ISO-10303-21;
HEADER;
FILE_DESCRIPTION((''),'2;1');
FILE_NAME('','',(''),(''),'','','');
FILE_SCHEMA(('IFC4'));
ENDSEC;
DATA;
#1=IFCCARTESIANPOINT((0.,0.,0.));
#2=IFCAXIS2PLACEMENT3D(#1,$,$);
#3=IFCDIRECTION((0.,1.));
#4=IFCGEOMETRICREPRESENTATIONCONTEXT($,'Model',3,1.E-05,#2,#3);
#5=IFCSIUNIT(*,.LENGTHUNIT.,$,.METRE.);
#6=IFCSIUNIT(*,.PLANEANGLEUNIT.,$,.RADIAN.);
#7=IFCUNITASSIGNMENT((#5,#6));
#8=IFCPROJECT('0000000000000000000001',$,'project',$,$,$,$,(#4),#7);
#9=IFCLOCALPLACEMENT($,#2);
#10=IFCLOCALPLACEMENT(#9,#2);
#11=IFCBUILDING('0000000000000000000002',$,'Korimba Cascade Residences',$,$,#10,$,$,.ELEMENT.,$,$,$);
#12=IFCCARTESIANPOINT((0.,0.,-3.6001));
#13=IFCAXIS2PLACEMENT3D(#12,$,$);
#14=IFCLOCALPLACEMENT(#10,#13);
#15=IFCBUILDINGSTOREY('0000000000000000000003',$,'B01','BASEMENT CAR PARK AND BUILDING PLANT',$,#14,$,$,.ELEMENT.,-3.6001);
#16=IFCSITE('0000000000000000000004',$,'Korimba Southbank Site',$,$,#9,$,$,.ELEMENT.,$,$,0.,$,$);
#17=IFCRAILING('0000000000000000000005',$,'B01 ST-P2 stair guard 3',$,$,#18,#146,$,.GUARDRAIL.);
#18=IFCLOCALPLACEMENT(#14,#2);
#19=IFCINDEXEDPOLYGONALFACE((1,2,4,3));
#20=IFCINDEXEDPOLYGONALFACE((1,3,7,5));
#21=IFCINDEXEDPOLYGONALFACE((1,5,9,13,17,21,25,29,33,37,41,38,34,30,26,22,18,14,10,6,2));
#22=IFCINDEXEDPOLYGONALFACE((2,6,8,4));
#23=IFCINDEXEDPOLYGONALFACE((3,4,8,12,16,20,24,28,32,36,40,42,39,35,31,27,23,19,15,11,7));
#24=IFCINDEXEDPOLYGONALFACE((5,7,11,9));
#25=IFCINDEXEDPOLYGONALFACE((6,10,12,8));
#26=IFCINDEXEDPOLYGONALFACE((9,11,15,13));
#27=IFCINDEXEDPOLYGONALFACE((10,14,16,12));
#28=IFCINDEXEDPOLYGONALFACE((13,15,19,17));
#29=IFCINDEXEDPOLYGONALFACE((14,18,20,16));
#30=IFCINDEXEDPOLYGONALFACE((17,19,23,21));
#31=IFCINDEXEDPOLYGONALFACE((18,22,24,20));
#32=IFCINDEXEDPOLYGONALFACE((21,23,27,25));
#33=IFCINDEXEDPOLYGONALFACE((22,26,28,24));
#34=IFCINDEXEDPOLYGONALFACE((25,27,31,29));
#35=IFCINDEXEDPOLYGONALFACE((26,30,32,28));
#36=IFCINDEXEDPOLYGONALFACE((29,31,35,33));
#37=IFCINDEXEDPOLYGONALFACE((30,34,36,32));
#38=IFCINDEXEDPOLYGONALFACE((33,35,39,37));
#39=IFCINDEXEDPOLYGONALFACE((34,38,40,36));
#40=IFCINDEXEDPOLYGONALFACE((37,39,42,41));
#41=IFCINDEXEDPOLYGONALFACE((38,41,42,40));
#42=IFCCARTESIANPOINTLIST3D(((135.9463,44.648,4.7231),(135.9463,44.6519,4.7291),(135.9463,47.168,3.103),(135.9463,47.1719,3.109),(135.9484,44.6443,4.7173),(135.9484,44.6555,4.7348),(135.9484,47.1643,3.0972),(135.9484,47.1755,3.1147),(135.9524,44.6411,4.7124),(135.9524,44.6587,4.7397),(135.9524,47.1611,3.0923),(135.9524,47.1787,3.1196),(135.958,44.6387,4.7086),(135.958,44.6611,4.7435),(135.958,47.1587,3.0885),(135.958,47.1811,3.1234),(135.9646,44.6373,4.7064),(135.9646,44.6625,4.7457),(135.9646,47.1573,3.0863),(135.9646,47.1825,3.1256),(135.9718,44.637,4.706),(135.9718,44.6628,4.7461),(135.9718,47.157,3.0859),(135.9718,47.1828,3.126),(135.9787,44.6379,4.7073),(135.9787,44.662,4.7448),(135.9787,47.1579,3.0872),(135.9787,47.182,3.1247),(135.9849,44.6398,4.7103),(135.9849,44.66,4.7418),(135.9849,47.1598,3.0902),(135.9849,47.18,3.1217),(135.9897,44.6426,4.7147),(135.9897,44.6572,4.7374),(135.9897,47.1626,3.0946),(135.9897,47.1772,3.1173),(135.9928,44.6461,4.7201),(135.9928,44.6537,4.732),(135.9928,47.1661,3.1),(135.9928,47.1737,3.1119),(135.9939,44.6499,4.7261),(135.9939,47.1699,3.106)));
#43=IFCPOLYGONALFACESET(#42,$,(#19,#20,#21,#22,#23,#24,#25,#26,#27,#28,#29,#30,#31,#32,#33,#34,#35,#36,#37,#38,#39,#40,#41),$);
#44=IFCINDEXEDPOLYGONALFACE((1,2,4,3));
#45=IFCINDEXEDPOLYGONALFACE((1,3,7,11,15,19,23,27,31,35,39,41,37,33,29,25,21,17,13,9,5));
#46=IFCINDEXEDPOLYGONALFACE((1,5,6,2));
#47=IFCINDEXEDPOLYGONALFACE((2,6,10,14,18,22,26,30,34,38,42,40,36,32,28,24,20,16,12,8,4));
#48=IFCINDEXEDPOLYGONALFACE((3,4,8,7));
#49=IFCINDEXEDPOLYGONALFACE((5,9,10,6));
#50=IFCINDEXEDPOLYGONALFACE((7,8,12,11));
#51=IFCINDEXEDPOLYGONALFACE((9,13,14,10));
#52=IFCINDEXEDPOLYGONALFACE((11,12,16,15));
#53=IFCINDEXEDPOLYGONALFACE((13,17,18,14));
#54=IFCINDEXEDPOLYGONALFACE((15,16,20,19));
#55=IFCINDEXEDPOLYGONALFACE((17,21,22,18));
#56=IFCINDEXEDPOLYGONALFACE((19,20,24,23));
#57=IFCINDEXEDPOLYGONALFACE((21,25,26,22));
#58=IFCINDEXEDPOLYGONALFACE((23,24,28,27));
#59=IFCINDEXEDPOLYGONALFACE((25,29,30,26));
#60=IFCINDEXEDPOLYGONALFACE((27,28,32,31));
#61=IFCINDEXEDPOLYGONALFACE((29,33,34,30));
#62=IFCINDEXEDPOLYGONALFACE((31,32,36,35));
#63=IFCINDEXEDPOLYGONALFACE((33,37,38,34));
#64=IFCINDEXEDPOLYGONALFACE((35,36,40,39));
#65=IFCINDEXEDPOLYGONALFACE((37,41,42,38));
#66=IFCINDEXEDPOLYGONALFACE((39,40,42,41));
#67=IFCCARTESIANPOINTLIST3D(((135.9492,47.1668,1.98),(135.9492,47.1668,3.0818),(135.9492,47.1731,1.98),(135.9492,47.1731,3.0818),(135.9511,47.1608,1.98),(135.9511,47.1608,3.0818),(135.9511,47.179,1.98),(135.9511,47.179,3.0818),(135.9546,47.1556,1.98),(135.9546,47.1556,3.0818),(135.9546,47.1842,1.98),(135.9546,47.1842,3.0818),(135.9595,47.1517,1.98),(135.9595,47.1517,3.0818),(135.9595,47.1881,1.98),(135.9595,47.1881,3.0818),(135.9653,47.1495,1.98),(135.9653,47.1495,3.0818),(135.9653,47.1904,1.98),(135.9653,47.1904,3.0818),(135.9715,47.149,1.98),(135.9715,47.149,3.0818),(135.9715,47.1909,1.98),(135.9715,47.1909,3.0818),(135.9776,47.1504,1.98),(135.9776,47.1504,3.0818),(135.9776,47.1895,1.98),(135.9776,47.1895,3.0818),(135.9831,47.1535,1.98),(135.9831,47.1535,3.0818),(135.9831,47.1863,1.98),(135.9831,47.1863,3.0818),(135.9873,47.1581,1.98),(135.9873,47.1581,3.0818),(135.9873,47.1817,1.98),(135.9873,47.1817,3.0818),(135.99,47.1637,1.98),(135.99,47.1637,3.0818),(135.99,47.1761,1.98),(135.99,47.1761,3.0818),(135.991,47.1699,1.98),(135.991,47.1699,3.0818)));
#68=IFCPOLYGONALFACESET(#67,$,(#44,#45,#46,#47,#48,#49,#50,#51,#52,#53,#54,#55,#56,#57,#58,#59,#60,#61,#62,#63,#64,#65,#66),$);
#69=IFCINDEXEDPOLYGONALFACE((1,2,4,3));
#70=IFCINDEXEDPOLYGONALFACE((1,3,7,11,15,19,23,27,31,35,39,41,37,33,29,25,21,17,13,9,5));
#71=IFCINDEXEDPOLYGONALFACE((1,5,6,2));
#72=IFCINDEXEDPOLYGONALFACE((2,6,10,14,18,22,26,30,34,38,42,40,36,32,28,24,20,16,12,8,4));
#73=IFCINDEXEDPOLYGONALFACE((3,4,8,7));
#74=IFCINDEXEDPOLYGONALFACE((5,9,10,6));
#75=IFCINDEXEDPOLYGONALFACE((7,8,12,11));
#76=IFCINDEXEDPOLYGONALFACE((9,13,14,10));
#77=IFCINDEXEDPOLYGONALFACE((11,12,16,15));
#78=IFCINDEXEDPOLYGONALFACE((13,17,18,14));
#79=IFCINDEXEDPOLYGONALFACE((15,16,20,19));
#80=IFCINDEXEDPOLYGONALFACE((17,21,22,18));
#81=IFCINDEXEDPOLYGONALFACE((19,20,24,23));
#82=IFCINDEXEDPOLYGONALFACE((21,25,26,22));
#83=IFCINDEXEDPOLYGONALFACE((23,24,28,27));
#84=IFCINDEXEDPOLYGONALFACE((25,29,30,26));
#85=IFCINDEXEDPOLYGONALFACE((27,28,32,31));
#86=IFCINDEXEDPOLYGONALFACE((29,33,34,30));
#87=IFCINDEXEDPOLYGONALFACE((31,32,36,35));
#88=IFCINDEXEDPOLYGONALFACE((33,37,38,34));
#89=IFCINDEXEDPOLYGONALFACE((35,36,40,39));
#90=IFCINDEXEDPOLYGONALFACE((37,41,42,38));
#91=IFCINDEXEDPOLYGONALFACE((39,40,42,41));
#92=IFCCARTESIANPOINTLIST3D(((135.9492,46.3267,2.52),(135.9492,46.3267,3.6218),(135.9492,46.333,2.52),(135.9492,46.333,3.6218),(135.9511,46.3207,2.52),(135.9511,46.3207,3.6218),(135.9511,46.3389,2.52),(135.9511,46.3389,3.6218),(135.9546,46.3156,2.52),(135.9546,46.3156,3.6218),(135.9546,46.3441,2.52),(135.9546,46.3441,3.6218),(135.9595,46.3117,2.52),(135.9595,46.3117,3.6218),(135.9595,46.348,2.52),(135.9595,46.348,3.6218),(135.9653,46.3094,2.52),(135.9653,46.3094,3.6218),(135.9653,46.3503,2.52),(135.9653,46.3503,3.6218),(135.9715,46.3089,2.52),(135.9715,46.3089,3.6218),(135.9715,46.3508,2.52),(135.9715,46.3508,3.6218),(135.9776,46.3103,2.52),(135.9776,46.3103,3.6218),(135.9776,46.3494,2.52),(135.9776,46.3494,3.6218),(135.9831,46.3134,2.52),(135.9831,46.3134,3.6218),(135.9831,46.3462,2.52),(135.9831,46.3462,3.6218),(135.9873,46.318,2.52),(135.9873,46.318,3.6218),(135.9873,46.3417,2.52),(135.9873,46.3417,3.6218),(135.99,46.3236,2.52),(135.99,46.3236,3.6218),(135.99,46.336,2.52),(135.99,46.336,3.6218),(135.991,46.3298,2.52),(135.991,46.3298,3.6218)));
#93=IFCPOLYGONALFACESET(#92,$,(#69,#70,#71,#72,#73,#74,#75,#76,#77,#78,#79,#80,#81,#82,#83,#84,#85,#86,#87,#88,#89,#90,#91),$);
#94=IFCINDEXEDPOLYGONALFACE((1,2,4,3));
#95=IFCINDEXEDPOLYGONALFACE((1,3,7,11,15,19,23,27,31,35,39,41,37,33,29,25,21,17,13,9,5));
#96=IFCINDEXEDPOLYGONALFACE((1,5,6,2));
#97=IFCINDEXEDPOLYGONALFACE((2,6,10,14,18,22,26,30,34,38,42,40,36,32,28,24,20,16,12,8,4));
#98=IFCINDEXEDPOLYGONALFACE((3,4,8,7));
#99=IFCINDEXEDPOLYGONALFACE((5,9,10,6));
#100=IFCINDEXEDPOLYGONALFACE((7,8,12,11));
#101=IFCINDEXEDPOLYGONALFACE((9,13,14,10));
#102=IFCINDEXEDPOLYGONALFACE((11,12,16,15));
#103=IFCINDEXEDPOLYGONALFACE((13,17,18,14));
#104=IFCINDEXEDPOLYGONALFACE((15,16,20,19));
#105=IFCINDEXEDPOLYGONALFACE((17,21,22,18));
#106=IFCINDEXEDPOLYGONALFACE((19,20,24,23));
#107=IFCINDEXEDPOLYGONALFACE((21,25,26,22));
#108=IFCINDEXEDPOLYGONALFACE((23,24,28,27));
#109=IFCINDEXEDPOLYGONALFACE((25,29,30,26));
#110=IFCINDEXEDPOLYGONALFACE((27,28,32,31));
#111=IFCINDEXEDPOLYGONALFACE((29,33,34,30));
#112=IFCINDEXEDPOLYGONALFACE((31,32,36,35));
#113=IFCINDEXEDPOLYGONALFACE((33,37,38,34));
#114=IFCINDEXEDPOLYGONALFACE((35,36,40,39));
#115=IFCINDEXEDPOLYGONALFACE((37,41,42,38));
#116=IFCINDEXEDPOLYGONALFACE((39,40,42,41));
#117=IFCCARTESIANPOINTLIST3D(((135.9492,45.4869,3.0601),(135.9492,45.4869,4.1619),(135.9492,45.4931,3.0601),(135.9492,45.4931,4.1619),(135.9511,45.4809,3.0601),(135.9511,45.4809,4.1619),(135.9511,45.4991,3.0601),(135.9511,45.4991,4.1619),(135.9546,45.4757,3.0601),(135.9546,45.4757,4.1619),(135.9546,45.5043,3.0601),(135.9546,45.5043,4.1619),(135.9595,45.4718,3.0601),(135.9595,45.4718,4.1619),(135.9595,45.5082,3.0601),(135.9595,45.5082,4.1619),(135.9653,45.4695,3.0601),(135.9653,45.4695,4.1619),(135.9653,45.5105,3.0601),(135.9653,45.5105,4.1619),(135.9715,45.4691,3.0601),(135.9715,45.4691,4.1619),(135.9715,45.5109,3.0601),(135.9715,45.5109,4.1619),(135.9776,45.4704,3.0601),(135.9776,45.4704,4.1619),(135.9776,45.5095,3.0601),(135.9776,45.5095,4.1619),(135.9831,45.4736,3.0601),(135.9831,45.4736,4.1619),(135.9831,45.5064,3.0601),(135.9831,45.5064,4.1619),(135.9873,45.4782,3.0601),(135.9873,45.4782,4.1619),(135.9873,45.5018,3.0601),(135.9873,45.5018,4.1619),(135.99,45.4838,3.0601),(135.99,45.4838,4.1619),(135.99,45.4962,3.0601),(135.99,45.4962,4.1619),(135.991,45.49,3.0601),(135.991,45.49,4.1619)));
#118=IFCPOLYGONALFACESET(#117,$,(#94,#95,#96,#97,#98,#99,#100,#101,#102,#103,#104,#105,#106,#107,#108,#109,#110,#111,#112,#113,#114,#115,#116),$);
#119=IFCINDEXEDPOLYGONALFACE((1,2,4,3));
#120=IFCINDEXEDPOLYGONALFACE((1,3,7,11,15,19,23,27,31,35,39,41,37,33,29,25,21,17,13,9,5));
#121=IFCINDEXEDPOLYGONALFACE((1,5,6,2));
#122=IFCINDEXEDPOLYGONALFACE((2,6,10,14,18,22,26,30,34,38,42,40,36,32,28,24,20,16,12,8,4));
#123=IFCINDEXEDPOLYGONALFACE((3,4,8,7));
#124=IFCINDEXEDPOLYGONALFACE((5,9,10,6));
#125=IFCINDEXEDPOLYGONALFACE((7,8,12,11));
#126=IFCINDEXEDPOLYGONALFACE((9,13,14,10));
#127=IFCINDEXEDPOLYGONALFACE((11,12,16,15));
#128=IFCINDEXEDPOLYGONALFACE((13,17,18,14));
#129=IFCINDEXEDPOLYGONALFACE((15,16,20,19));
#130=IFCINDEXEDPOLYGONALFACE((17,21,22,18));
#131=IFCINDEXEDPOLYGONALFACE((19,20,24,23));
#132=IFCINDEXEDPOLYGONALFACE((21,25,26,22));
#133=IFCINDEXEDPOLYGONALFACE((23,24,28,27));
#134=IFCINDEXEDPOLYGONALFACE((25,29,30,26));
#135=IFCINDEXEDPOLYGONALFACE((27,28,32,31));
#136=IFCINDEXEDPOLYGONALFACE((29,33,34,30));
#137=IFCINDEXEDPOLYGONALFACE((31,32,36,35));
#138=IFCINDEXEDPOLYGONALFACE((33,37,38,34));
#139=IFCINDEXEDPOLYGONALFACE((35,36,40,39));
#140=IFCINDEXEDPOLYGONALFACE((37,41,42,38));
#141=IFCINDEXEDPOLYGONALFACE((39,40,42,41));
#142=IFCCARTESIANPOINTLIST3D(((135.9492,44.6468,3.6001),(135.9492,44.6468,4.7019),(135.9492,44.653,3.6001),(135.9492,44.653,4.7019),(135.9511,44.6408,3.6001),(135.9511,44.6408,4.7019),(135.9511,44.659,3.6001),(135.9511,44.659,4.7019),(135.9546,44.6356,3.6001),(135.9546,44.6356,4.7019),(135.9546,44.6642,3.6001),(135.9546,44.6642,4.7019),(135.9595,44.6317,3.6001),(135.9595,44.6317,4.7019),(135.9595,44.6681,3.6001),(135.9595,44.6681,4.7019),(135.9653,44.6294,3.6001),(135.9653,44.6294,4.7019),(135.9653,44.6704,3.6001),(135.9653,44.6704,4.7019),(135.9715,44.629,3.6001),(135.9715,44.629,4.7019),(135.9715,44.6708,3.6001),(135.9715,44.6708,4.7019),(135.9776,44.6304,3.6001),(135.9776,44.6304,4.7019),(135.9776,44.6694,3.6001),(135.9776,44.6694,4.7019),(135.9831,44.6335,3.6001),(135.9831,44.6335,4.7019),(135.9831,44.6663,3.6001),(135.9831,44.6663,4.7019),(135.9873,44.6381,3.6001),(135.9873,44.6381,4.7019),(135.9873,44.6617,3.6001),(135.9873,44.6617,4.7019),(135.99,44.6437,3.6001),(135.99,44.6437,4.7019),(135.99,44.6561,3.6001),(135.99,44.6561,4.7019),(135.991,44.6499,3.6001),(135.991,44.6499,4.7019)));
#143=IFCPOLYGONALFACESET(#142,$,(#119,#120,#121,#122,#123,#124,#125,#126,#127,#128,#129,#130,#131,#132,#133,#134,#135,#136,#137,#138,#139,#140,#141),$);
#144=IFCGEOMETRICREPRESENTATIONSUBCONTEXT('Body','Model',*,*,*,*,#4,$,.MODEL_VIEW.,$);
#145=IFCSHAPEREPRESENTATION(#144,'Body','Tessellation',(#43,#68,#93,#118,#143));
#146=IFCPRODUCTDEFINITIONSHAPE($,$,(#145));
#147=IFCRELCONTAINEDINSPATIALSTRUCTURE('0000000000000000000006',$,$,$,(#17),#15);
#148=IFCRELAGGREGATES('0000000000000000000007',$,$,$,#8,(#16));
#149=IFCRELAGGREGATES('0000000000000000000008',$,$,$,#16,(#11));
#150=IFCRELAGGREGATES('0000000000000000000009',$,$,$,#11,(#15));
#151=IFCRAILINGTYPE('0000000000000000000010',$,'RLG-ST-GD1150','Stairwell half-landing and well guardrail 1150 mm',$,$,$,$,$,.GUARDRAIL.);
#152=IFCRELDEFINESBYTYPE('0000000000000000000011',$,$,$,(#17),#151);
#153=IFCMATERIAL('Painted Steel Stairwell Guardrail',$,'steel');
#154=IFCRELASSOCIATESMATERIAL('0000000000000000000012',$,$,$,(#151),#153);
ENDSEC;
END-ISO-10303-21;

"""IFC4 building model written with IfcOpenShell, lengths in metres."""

from ifc_helpers import new_model, si_unit, direction, frame, origin, origin_2d, place, context, subcontext, project, spatial, circle, extrude, material, type_object, element, save


model = new_model("IFC4")

# Units and contexts
model_context = context("Model", 3, precision=1e-05, world=origin(), true_north=direction((0.0, 1.0)))
body_context = subcontext(model_context, "Body", "Model", "MODEL_VIEW")
ifc_project = project(units=[si_unit("LENGTHUNIT", "METRE"), si_unit("PLANEANGLEUNIT", "RADIAN")], contexts=[model_context])

# Site, building, storey
site_placement = place(None, origin())
site = spatial("IfcSite", under=ifc_project, at=site_placement, Name="Korimba Southbank Site", CompositionType="ELEMENT", RefElevation=0.0)
building_placement = place(site_placement, origin())
building = spatial("IfcBuilding", under=site, at=building_placement, Name="Korimba Cascade Residences", CompositionType="ELEMENT")
storey_placement = place(building_placement, frame((0.0, 0.0, -3.6001)))
storey = spatial("IfcBuildingStorey", under=building, at=storey_placement, Name="B01", Description="BASEMENT CAR PARK AND BUILDING PLANT", CompositionType="ELEMENT", Elevation=-3.6001)

# Railing
ifc_material_1 = material(Name="Painted Steel Stairwell Guardrail", Category="steel")
railing_type_1 = type_object("IfcRailingType", Name="RLG-ST-GD1150", Description="Stairwell half-landing and well guardrail 1150 mm", PredefinedType="GUARDRAIL", material=ifc_material_1)
railing_1_placement = place(storey_placement, frame((135.97, 47.1699, 1.98)))
element("IfcRailing", 1, at=railing_1_placement, inside=storey, type_object=railing_type_1, Name="B01 ST-P2 stair guard 3", PredefinedType="GUARDRAIL", context=body_context, shape_type="SweptSolid", body=[
    extrude(circle(Radius=0.0239, at=origin_2d()), frame((0.0, 0.0, 1.126), z_axis=(0.0, -0.841163, 0.540782), x_axis=(1.0, 0.0, 0.0)), (0.0, 0.0, 1.0), 2.9958),
    extrude(circle(Radius=0.021, at=origin_2d()), origin(), (0.0, 0.0, 1.0), 1.1018),
    extrude(circle(Radius=0.021, at=origin_2d()), frame((0.0, -0.8401, 0.54)), (0.0, 0.0, 1.0), 1.1018),
    extrude(circle(Radius=0.021, at=origin_2d()), frame((0.0, -1.6799, 1.0801)), (0.0, 0.0, 1.0), 1.1018),
    extrude(circle(Radius=0.021, at=origin_2d()), frame((0.0, -2.52, 1.6201)), (0.0, 0.0, 1.0), 1.1018),
])

save(model, "model.ifc")
